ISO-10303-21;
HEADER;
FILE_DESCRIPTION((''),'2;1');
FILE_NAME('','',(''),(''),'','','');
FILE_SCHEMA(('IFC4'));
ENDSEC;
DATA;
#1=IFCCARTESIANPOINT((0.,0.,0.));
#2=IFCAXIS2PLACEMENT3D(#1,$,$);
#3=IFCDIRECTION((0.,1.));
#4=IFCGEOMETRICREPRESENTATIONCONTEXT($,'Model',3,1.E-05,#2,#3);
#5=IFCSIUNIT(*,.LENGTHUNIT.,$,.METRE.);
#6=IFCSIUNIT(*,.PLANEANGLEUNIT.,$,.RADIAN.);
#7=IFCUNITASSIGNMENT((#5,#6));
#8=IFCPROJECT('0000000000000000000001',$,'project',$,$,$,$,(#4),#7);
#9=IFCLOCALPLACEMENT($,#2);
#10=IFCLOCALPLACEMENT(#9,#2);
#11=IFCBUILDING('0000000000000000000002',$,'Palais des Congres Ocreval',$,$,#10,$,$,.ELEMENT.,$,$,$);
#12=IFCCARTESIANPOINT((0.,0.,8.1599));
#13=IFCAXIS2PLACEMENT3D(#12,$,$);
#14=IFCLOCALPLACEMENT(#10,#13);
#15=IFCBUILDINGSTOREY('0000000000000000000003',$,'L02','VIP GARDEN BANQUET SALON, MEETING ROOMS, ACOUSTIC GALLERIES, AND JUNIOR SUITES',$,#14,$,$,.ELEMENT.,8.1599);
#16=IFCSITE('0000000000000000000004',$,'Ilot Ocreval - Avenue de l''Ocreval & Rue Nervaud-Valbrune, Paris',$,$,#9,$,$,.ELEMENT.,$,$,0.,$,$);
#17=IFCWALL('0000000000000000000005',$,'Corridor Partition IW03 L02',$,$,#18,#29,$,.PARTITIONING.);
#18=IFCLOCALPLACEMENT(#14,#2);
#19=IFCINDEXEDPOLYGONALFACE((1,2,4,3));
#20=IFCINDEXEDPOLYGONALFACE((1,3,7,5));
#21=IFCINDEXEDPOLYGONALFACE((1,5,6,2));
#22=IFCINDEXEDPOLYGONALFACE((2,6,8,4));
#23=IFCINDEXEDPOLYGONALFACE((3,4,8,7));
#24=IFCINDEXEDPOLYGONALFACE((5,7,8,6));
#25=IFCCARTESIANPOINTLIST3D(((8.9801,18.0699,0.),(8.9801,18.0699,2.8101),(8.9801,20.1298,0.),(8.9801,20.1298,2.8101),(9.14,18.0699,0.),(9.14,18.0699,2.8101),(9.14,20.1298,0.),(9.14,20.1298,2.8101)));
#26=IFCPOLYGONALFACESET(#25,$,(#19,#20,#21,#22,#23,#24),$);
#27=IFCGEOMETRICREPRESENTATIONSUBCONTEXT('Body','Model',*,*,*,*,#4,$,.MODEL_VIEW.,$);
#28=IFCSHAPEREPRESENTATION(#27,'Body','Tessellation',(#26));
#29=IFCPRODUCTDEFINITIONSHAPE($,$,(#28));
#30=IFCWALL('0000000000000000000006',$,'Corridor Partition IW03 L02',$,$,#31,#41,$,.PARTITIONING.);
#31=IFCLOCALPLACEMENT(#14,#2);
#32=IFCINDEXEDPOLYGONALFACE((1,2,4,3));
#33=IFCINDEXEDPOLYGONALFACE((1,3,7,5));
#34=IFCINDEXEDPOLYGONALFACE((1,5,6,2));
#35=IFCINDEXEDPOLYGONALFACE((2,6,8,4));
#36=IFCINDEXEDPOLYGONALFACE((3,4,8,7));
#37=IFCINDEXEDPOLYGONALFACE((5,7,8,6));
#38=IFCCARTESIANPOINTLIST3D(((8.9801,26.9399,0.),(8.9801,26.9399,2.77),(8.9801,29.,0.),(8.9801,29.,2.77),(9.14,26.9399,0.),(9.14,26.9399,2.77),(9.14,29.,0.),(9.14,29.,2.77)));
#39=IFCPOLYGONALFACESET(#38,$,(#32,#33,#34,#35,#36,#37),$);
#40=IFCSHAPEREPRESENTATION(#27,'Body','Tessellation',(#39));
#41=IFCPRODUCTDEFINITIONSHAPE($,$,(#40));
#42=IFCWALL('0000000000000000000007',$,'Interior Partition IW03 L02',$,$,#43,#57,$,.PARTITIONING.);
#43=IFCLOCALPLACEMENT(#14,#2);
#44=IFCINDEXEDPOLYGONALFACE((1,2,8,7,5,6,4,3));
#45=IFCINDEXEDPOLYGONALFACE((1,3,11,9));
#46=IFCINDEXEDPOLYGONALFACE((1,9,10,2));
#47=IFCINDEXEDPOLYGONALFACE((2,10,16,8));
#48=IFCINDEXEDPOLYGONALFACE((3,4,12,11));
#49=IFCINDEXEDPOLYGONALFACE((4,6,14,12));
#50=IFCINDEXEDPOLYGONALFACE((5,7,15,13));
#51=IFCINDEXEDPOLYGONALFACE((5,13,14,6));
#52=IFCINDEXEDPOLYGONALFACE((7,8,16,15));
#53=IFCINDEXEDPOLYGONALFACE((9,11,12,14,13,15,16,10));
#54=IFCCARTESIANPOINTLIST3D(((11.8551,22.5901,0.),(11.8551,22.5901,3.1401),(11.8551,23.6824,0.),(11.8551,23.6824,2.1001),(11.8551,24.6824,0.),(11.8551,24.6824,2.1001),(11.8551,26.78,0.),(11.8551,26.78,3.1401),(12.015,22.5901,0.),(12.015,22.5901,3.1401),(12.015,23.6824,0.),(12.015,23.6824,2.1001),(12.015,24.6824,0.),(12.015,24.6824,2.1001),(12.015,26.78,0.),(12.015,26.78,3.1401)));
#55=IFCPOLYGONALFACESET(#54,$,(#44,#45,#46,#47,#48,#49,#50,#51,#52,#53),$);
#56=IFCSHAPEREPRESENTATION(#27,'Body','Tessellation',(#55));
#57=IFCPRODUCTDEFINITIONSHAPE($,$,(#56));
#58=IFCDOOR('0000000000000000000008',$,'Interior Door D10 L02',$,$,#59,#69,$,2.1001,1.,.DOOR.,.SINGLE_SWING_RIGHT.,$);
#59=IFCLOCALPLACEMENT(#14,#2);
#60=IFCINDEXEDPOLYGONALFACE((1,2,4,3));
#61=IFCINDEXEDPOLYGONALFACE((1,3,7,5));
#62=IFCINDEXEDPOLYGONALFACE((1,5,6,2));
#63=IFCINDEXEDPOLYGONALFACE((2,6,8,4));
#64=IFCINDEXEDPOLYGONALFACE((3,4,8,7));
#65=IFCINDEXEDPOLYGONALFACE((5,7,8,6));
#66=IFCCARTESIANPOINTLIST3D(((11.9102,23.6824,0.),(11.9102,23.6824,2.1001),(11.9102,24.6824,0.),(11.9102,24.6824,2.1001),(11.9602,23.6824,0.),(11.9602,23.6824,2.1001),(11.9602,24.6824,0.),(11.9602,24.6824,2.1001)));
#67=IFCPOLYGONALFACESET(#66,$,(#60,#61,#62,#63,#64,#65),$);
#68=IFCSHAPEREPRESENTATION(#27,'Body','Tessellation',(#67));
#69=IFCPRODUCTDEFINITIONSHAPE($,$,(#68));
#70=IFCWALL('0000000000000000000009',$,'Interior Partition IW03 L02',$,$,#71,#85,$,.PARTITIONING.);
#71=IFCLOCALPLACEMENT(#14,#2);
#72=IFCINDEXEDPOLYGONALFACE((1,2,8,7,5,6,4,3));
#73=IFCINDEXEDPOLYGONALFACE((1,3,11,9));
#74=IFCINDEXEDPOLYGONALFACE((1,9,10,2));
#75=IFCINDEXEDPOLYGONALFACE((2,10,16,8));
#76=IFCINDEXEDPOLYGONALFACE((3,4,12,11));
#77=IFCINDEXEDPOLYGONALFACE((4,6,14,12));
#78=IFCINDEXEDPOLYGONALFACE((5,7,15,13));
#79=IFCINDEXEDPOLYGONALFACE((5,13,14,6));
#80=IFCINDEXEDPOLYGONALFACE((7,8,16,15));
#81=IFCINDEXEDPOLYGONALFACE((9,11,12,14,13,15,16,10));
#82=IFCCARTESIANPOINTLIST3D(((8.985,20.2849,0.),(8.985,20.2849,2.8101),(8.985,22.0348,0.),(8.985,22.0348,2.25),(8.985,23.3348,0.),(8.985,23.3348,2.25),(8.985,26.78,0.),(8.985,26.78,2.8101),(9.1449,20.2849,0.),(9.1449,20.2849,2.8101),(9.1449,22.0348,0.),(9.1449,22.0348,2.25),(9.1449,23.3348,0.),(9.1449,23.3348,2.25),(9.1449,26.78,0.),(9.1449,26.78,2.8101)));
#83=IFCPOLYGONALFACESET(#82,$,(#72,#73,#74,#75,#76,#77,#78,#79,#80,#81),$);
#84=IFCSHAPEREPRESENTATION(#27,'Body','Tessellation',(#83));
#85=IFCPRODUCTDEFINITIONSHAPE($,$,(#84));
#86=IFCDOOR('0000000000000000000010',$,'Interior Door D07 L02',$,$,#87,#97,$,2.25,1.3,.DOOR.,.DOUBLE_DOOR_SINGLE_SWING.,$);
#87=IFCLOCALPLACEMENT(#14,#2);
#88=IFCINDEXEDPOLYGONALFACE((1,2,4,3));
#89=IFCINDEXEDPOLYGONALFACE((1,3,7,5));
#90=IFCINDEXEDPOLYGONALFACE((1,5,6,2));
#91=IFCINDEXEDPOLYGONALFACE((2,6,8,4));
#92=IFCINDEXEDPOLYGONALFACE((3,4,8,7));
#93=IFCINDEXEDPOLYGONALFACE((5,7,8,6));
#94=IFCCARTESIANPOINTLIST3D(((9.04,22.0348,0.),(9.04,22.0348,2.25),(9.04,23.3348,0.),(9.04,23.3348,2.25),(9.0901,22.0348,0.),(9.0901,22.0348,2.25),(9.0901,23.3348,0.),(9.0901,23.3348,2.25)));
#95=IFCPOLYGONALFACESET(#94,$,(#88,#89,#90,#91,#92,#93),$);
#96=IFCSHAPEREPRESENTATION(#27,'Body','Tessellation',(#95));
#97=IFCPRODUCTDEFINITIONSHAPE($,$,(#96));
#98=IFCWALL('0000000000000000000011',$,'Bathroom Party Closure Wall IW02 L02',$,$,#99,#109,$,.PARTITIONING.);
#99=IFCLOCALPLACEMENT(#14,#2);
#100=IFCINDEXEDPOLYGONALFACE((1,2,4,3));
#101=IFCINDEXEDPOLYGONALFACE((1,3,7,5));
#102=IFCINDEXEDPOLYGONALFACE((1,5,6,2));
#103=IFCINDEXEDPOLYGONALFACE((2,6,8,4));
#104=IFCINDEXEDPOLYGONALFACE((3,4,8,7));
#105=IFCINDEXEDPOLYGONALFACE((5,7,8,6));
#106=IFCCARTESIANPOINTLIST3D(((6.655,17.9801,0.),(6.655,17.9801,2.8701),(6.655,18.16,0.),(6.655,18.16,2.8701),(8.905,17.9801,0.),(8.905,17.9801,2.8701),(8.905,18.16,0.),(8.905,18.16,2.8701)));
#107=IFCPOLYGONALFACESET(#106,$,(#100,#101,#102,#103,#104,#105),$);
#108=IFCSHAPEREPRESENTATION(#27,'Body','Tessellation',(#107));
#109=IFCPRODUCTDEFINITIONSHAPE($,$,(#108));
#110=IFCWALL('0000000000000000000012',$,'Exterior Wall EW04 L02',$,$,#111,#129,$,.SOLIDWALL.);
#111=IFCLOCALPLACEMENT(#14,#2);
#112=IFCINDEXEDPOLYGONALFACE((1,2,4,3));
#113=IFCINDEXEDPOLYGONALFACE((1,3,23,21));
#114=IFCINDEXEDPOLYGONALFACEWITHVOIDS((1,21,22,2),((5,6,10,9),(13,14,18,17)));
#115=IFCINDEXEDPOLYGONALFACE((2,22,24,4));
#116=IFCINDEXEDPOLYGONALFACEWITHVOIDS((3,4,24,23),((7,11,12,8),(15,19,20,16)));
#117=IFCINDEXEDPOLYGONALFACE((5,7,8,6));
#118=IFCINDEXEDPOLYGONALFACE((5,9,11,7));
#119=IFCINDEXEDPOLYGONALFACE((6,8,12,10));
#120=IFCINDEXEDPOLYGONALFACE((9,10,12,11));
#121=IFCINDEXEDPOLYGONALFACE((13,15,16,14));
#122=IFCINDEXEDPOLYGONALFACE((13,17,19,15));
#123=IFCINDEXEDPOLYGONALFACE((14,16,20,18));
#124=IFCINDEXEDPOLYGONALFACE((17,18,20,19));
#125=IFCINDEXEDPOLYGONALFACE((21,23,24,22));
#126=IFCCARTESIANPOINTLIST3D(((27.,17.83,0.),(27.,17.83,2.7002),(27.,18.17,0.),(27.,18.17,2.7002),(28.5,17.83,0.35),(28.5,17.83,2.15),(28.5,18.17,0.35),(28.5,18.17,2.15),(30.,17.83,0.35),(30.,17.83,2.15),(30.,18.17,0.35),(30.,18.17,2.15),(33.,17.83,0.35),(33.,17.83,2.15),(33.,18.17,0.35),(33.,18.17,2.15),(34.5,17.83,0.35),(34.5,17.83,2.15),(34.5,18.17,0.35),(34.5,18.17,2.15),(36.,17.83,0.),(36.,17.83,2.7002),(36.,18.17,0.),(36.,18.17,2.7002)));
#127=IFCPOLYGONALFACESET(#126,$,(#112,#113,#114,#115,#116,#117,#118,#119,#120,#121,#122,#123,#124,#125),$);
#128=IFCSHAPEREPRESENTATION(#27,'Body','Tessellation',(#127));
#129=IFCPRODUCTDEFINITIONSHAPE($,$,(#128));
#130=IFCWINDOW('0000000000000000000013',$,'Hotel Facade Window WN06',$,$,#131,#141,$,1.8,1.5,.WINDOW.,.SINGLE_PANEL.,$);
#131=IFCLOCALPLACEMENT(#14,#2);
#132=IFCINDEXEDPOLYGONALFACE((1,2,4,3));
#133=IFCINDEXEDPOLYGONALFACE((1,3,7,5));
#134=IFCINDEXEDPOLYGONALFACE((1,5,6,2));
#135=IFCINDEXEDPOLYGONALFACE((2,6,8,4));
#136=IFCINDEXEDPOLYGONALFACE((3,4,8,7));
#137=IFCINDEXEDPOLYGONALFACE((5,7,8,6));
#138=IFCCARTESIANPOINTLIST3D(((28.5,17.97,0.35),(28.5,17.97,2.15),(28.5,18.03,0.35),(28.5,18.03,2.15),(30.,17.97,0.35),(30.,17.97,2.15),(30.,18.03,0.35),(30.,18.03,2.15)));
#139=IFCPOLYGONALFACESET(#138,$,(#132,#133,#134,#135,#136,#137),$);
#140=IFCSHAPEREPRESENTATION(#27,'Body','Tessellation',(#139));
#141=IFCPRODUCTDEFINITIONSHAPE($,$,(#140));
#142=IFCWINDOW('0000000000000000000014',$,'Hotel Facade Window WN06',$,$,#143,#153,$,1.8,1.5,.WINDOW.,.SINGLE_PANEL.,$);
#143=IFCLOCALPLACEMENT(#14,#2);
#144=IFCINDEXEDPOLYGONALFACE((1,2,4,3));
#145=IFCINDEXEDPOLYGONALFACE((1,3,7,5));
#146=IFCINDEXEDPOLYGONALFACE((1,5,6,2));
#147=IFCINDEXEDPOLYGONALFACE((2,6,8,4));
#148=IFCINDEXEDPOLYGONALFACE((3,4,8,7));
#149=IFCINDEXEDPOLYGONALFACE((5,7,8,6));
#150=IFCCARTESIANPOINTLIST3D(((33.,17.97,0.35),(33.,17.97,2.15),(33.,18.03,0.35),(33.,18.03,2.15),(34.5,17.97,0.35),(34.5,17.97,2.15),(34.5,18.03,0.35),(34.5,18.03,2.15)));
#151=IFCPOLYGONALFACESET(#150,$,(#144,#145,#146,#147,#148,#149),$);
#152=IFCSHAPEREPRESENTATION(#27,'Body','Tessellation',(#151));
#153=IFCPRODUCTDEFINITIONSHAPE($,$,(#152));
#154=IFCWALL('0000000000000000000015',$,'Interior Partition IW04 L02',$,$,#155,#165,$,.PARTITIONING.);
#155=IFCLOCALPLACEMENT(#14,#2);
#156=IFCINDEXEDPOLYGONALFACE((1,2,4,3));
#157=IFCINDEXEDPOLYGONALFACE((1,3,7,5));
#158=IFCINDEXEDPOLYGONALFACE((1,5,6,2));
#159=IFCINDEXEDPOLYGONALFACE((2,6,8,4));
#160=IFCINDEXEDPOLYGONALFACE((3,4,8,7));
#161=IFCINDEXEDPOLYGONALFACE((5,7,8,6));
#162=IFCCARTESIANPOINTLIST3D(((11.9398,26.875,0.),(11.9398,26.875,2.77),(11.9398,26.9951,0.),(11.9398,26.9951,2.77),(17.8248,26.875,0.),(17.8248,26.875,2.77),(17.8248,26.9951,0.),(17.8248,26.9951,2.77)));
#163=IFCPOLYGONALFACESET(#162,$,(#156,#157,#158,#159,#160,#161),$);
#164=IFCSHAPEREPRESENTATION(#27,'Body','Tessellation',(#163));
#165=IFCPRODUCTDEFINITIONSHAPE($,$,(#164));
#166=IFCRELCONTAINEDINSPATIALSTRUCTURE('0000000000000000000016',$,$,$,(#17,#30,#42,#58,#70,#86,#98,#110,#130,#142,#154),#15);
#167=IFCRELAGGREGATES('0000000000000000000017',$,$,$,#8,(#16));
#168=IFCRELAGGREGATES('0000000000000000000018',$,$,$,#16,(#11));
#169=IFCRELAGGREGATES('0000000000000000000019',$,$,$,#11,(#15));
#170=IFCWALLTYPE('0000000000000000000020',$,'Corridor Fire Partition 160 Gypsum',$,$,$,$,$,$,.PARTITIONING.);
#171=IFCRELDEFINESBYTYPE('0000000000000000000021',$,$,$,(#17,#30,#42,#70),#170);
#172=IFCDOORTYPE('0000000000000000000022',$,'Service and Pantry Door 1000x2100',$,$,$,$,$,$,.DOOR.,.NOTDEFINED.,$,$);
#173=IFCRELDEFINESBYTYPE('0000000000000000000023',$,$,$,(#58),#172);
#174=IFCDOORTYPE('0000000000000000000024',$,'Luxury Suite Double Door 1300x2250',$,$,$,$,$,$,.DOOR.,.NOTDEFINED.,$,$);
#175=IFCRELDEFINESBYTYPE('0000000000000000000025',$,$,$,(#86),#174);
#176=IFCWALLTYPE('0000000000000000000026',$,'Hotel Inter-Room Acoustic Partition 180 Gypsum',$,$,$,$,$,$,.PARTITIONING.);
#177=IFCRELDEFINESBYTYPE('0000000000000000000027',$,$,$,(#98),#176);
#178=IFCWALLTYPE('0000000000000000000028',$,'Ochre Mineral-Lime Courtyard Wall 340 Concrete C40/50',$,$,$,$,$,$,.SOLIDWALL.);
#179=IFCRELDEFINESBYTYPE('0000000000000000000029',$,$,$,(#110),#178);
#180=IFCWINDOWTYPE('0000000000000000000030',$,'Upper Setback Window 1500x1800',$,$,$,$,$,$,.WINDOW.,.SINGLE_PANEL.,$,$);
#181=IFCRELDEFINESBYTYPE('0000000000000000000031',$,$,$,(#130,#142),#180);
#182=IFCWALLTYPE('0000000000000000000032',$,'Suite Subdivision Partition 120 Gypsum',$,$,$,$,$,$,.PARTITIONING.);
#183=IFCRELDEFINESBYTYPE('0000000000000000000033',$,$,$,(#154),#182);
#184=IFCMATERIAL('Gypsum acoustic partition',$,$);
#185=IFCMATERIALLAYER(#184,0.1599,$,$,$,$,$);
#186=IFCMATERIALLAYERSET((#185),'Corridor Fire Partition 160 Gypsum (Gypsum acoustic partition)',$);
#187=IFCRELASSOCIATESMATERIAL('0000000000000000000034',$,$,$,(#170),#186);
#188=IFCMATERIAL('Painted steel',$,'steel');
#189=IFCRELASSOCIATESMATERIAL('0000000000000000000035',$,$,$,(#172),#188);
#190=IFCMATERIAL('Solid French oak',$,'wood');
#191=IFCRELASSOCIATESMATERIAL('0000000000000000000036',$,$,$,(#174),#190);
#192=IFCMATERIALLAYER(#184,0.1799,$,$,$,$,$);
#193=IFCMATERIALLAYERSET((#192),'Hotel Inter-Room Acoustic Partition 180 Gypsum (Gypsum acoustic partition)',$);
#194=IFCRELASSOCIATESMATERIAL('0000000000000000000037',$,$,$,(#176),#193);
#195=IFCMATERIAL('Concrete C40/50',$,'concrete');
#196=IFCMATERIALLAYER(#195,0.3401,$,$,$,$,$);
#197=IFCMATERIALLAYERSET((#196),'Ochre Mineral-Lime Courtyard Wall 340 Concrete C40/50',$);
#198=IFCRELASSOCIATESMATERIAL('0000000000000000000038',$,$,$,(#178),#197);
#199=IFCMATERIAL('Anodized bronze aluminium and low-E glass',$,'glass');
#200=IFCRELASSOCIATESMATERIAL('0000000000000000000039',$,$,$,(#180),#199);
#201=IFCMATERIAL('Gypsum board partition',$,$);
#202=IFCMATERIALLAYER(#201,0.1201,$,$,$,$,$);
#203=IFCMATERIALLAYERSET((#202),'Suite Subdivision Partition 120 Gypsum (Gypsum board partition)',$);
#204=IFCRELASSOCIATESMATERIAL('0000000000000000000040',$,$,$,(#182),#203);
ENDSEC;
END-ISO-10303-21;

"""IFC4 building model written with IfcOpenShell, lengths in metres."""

from ifc_helpers import new_model, si_unit, direction, frame, frame_2d, origin, place, context, subcontext, project, spatial, rectangle, extrude, material, layer, layer_set, type_object, element, fill, save


model = new_model("IFC4")

# Units and contexts
model_context = context("Model", 3, precision=1e-05, world=origin(), true_north=direction((0.0, 1.0)))
body_context = subcontext(model_context, "Body", "Model", "MODEL_VIEW")
ifc_project = project(units=[si_unit("LENGTHUNIT", "METRE"), si_unit("PLANEANGLEUNIT", "RADIAN")], contexts=[model_context])

# Site, building, storey
site_placement = place(None, origin())
site = spatial("IfcSite", under=ifc_project, at=site_placement, Name="Ilot Ocreval - Avenue de l'Ocreval & Rue Nervaud-Valbrune, Paris", CompositionType="ELEMENT", RefElevation=0.0)
building_placement = place(site_placement, origin())
building = spatial("IfcBuilding", under=site, at=building_placement, Name="Palais des Congres Ocreval", CompositionType="ELEMENT")
storey_placement = place(building_placement, frame((0.0, 0.0, 8.1599)))
storey = spatial("IfcBuildingStorey", under=building, at=storey_placement, Name="L02", Description="VIP GARDEN BANQUET SALON, MEETING ROOMS, ACOUSTIC GALLERIES, AND JUNIOR SUITES", CompositionType="ELEMENT", Elevation=8.1599)

# Shared definitions
ifc_material_1 = material(Name="Concrete C40/50", Category="concrete")

# Shared definitions
ifc_material_2 = material(Name="Solid French oak", Category="wood")

# Walls
ifc_material_3 = material(Name="Gypsum acoustic partition")
ifc_layer_1 = layer(ifc_material_3, 0.1599)
ifc_layer_set_1 = layer_set([ifc_layer_1], Name="Corridor Fire Partition 160 Gypsum (Gypsum acoustic partition)")
wall_type_1 = type_object("IfcWallType", Name="Corridor Fire Partition 160 Gypsum", PredefinedType="PARTITIONING", material=ifc_layer_set_1)
wall_1_placement = place(storey_placement, frame((9.0601, 18.0701, 0.0), z_axis=(0.0, 0.0, 1.0), x_axis=(0.0, 1.0, 0.0)))
element("IfcWall", 1, at=wall_1_placement, inside=storey, type_object=wall_type_1, Name="Corridor Partition IW03 L02", PredefinedType="PARTITIONING", context=body_context, shape_type="SweptSolid", body=[
    extrude(rectangle(XDim=2.0598, YDim=0.1599, at=frame_2d((1.0298, 0.0))), origin(), (0.0, 0.0, 1.0), 2.8101),
])
wall_2_placement = place(storey_placement, frame((9.0601, 26.9399, 0.0), z_axis=(0.0, 0.0, 1.0), x_axis=(0.0, 1.0, 0.0)))
element("IfcWall", 2, at=wall_2_placement, inside=storey, type_object=wall_type_1, Name="Corridor Partition IW03 L02", PredefinedType="PARTITIONING", context=body_context, shape_type="SweptSolid", body=[
    extrude(rectangle(XDim=2.0601, YDim=0.1599, at=frame_2d((1.03, 0.0))), origin(), (0.0, 0.0, 1.0), 2.77),
])

# Walls, openings, doors
wall_3_placement = place(storey_placement, frame((11.9351, 22.5901, 0.0), z_axis=(0.0, 0.0, 1.0), x_axis=(0.0, 1.0, 0.0)))
wall_3 = element("IfcWall", 3, at=wall_3_placement, inside=storey, type_object=wall_type_1, Name="Interior Partition IW03 L02", PredefinedType="PARTITIONING", context=body_context, shape_type="SweptSolid", body=[
    extrude(rectangle(XDim=4.1899, YDim=0.1599, at=frame_2d((2.095, 0.0))), origin(), (0.0, 0.0, 1.0), 3.1401),
])
opening_1_placement = place(wall_3_placement, frame((1.0923, 0.0, 0.0)))
opening_1 = element("IfcOpeningElement", 4, at=opening_1_placement, cuts=wall_3, PredefinedType="OPENING", context=body_context, shape_type="SweptSolid", body=[
    extrude(rectangle(XDim=1.0, YDim=2.1001, at=frame_2d((0.5, 1.05))), frame((0.0, 0.0898, 0.0), z_axis=(0.0, -1.0, 0.0), x_axis=(1.0, 0.0, 0.0)), (0.0, 0.0, 1.0), 0.1799),
])
ifc_material_4 = material(Name="Painted steel", Category="steel")
door_type_1 = type_object("IfcDoorType", Name="Service and Pantry Door 1000x2100", OperationType="NOTDEFINED", PredefinedType="DOOR", material=ifc_material_4)
door_1_placement = place(opening_1_placement, origin())
door_1 = element("IfcDoor", 5, at=door_1_placement, inside=storey, type_object=door_type_1, Name="Interior Door D10 L02", OperationType="SINGLE_SWING_RIGHT", OverallHeight=2.1001, OverallWidth=1.0, PredefinedType="DOOR", context=body_context, shape_type="SweptSolid", body=[
    extrude(rectangle(XDim=1.0, YDim=2.1001, at=frame_2d((0.5, 1.05))), frame((0.0, 0.0249, 0.0), z_axis=(0.0, -1.0, 0.0), x_axis=(1.0, 0.0, 0.0)), (0.0, 0.0, 1.0), 0.05),
])
fill(opening_1, door_1)
wall_4_placement = place(storey_placement, frame((9.0649, 20.2849, 0.0), z_axis=(0.0, 0.0, 1.0), x_axis=(0.0, 1.0, 0.0)))
wall_4 = element("IfcWall", 6, at=wall_4_placement, inside=storey, type_object=wall_type_1, Name="Interior Partition IW03 L02", PredefinedType="PARTITIONING", context=body_context, shape_type="SweptSolid", body=[
    extrude(rectangle(XDim=6.4951, YDim=0.1599, at=frame_2d((3.2476, 0.0))), origin(), (0.0, 0.0, 1.0), 2.8101),
])
opening_2_placement = place(wall_4_placement, frame((1.75, 0.0, 0.0)))
opening_2 = element("IfcOpeningElement", 7, at=opening_2_placement, cuts=wall_4, PredefinedType="OPENING", context=body_context, shape_type="SweptSolid", body=[
    extrude(rectangle(XDim=1.3, YDim=2.25, at=frame_2d((0.6499, 1.125))), frame((0.0, 0.0898, 0.0), z_axis=(0.0, -1.0, 0.0), x_axis=(1.0, 0.0, 0.0)), (0.0, 0.0, 1.0), 0.1799),
])
door_type_2 = type_object("IfcDoorType", Name="Luxury Suite Double Door 1300x2250", OperationType="NOTDEFINED", PredefinedType="DOOR", material=ifc_material_2)
door_2_placement = place(opening_2_placement, origin())
door_2 = element("IfcDoor", 8, at=door_2_placement, inside=storey, type_object=door_type_2, Name="Interior Door D07 L02", OperationType="DOUBLE_DOOR_SINGLE_SWING", OverallHeight=2.25, OverallWidth=1.3, PredefinedType="DOOR", context=body_context, shape_type="SweptSolid", body=[
    extrude(rectangle(XDim=1.3, YDim=2.25, at=frame_2d((0.6499, 1.125))), frame((0.0, 0.0249, 0.0), z_axis=(0.0, -1.0, 0.0), x_axis=(1.0, 0.0, 0.0)), (0.0, 0.0, 1.0), 0.05),
])
fill(opening_2, door_2)

# Wall
ifc_layer_2 = layer(ifc_material_3, 0.1799)
ifc_layer_set_2 = layer_set([ifc_layer_2], Name="Hotel Inter-Room Acoustic Partition 180 Gypsum (Gypsum acoustic partition)")
wall_type_2 = type_object("IfcWallType", Name="Hotel Inter-Room Acoustic Partition 180 Gypsum", PredefinedType="PARTITIONING", material=ifc_layer_set_2)
wall_5_placement = place(storey_placement, frame((6.655, 18.0701, 0.0), z_axis=(0.0, 0.0, 1.0), x_axis=(1.0, 0.0, 0.0)))
element("IfcWall", 9, at=wall_5_placement, inside=storey, type_object=wall_type_2, Name="Bathroom Party Closure Wall IW02 L02", PredefinedType="PARTITIONING", context=body_context, shape_type="SweptSolid", body=[
    extrude(rectangle(XDim=2.25, YDim=0.1799, at=frame_2d((1.125, 0.0))), origin(), (0.0, 0.0, 1.0), 2.8701),
])

# Wall, openings, windows
ifc_layer_3 = layer(ifc_material_1, 0.3401)
ifc_layer_set_3 = layer_set([ifc_layer_3], Name="Ochre Mineral-Lime Courtyard Wall 340 Concrete C40/50")
wall_type_3 = type_object("IfcWallType", Name="Ochre Mineral-Lime Courtyard Wall 340 Concrete C40/50", PredefinedType="SOLIDWALL", material=ifc_layer_set_3)
wall_6_placement = place(storey_placement, frame((27.0, 18.0, 0.0), z_axis=(0.0, 0.0, 1.0), x_axis=(1.0, 0.0, 0.0)))
wall_6 = element("IfcWall", 10, at=wall_6_placement, inside=storey, type_object=wall_type_3, Name="Exterior Wall EW04 L02", PredefinedType="SOLIDWALL", context=body_context, shape_type="SweptSolid", body=[
    extrude(rectangle(XDim=9.0, YDim=0.3401, at=frame_2d((4.5, 0.0))), origin(), (0.0, 0.0, 1.0), 2.7002),
])
opening_3_placement = place(wall_6_placement, frame((1.5, 0.0, 0.3501)))
opening_3 = element("IfcOpeningElement", 11, at=opening_3_placement, cuts=wall_6, PredefinedType="OPENING", context=body_context, shape_type="SweptSolid", body=[
    extrude(rectangle(XDim=1.5, YDim=1.8, at=frame_2d((0.75, 0.8999))), frame((0.0, 0.1799, 0.0), z_axis=(0.0, -1.0, 0.0), x_axis=(1.0, 0.0, 0.0)), (0.0, 0.0, 1.0), 0.3601),
])
opening_4_placement = place(wall_6_placement, frame((6.0, 0.0, 0.3501)))
opening_4 = element("IfcOpeningElement", 12, at=opening_4_placement, cuts=wall_6, PredefinedType="OPENING", context=body_context, shape_type="SweptSolid", body=[
    extrude(rectangle(XDim=1.5, YDim=1.8, at=frame_2d((0.75, 0.8999))), frame((0.0, 0.1799, 0.0), z_axis=(0.0, -1.0, 0.0), x_axis=(1.0, 0.0, 0.0)), (0.0, 0.0, 1.0), 0.3601),
])
ifc_material_5 = material(Name="Anodized bronze aluminium and low-E glass", Category="glass")
window_type = type_object("IfcWindowType", Name="Upper Setback Window 1500x1800", PartitioningType="SINGLE_PANEL", PredefinedType="WINDOW", material=ifc_material_5)
window_1_placement = place(opening_3_placement, origin())
window_1 = element("IfcWindow", 13, at=window_1_placement, inside=storey, type_object=window_type, Name="Hotel Facade Window WN06", OverallHeight=1.8, OverallWidth=1.5, PartitioningType="SINGLE_PANEL", PredefinedType="WINDOW", context=body_context, shape_type="SweptSolid", body=[
    extrude(rectangle(XDim=1.5, YDim=1.8, at=frame_2d((0.75, 0.8999))), frame((0.0, 0.03, 0.0), z_axis=(0.0, -1.0, 0.0), x_axis=(1.0, 0.0, 0.0)), (0.0, 0.0, 1.0), 0.0601),
])
fill(opening_3, window_1)
window_2_placement = place(opening_4_placement, origin())
window_2 = element("IfcWindow", 14, at=window_2_placement, inside=storey, type_object=window_type, Name="Hotel Facade Window WN06", OverallHeight=1.8, OverallWidth=1.5, PartitioningType="SINGLE_PANEL", PredefinedType="WINDOW", context=body_context, shape_type="SweptSolid", body=[
    extrude(rectangle(XDim=1.5, YDim=1.8, at=frame_2d((0.75, 0.8999))), frame((0.0, 0.03, 0.0), z_axis=(0.0, -1.0, 0.0), x_axis=(1.0, 0.0, 0.0)), (0.0, 0.0, 1.0), 0.0601),
])
fill(opening_4, window_2)

# Wall
ifc_material_6 = material(Name="Gypsum board partition")
ifc_layer_4 = layer(ifc_material_6, 0.1201)
ifc_layer_set_4 = layer_set([ifc_layer_4], Name="Suite Subdivision Partition 120 Gypsum (Gypsum board partition)")
wall_type_4 = type_object("IfcWallType", Name="Suite Subdivision Partition 120 Gypsum", PredefinedType="PARTITIONING", material=ifc_layer_set_4)
wall_7_placement = place(storey_placement, frame((11.9399, 26.9351, 0.0), z_axis=(0.0, 0.0, 1.0), x_axis=(1.0, 0.0, 0.0)))
element("IfcWall", 15, at=wall_7_placement, inside=storey, type_object=wall_type_4, Name="Interior Partition IW04 L02", PredefinedType="PARTITIONING", context=body_context, shape_type="SweptSolid", body=[
    extrude(rectangle(XDim=5.885, YDim=0.1201, at=frame_2d((2.9424, 0.0))), origin(), (0.0, 0.0, 1.0), 2.77),
])

save(model, "model.ifc")
